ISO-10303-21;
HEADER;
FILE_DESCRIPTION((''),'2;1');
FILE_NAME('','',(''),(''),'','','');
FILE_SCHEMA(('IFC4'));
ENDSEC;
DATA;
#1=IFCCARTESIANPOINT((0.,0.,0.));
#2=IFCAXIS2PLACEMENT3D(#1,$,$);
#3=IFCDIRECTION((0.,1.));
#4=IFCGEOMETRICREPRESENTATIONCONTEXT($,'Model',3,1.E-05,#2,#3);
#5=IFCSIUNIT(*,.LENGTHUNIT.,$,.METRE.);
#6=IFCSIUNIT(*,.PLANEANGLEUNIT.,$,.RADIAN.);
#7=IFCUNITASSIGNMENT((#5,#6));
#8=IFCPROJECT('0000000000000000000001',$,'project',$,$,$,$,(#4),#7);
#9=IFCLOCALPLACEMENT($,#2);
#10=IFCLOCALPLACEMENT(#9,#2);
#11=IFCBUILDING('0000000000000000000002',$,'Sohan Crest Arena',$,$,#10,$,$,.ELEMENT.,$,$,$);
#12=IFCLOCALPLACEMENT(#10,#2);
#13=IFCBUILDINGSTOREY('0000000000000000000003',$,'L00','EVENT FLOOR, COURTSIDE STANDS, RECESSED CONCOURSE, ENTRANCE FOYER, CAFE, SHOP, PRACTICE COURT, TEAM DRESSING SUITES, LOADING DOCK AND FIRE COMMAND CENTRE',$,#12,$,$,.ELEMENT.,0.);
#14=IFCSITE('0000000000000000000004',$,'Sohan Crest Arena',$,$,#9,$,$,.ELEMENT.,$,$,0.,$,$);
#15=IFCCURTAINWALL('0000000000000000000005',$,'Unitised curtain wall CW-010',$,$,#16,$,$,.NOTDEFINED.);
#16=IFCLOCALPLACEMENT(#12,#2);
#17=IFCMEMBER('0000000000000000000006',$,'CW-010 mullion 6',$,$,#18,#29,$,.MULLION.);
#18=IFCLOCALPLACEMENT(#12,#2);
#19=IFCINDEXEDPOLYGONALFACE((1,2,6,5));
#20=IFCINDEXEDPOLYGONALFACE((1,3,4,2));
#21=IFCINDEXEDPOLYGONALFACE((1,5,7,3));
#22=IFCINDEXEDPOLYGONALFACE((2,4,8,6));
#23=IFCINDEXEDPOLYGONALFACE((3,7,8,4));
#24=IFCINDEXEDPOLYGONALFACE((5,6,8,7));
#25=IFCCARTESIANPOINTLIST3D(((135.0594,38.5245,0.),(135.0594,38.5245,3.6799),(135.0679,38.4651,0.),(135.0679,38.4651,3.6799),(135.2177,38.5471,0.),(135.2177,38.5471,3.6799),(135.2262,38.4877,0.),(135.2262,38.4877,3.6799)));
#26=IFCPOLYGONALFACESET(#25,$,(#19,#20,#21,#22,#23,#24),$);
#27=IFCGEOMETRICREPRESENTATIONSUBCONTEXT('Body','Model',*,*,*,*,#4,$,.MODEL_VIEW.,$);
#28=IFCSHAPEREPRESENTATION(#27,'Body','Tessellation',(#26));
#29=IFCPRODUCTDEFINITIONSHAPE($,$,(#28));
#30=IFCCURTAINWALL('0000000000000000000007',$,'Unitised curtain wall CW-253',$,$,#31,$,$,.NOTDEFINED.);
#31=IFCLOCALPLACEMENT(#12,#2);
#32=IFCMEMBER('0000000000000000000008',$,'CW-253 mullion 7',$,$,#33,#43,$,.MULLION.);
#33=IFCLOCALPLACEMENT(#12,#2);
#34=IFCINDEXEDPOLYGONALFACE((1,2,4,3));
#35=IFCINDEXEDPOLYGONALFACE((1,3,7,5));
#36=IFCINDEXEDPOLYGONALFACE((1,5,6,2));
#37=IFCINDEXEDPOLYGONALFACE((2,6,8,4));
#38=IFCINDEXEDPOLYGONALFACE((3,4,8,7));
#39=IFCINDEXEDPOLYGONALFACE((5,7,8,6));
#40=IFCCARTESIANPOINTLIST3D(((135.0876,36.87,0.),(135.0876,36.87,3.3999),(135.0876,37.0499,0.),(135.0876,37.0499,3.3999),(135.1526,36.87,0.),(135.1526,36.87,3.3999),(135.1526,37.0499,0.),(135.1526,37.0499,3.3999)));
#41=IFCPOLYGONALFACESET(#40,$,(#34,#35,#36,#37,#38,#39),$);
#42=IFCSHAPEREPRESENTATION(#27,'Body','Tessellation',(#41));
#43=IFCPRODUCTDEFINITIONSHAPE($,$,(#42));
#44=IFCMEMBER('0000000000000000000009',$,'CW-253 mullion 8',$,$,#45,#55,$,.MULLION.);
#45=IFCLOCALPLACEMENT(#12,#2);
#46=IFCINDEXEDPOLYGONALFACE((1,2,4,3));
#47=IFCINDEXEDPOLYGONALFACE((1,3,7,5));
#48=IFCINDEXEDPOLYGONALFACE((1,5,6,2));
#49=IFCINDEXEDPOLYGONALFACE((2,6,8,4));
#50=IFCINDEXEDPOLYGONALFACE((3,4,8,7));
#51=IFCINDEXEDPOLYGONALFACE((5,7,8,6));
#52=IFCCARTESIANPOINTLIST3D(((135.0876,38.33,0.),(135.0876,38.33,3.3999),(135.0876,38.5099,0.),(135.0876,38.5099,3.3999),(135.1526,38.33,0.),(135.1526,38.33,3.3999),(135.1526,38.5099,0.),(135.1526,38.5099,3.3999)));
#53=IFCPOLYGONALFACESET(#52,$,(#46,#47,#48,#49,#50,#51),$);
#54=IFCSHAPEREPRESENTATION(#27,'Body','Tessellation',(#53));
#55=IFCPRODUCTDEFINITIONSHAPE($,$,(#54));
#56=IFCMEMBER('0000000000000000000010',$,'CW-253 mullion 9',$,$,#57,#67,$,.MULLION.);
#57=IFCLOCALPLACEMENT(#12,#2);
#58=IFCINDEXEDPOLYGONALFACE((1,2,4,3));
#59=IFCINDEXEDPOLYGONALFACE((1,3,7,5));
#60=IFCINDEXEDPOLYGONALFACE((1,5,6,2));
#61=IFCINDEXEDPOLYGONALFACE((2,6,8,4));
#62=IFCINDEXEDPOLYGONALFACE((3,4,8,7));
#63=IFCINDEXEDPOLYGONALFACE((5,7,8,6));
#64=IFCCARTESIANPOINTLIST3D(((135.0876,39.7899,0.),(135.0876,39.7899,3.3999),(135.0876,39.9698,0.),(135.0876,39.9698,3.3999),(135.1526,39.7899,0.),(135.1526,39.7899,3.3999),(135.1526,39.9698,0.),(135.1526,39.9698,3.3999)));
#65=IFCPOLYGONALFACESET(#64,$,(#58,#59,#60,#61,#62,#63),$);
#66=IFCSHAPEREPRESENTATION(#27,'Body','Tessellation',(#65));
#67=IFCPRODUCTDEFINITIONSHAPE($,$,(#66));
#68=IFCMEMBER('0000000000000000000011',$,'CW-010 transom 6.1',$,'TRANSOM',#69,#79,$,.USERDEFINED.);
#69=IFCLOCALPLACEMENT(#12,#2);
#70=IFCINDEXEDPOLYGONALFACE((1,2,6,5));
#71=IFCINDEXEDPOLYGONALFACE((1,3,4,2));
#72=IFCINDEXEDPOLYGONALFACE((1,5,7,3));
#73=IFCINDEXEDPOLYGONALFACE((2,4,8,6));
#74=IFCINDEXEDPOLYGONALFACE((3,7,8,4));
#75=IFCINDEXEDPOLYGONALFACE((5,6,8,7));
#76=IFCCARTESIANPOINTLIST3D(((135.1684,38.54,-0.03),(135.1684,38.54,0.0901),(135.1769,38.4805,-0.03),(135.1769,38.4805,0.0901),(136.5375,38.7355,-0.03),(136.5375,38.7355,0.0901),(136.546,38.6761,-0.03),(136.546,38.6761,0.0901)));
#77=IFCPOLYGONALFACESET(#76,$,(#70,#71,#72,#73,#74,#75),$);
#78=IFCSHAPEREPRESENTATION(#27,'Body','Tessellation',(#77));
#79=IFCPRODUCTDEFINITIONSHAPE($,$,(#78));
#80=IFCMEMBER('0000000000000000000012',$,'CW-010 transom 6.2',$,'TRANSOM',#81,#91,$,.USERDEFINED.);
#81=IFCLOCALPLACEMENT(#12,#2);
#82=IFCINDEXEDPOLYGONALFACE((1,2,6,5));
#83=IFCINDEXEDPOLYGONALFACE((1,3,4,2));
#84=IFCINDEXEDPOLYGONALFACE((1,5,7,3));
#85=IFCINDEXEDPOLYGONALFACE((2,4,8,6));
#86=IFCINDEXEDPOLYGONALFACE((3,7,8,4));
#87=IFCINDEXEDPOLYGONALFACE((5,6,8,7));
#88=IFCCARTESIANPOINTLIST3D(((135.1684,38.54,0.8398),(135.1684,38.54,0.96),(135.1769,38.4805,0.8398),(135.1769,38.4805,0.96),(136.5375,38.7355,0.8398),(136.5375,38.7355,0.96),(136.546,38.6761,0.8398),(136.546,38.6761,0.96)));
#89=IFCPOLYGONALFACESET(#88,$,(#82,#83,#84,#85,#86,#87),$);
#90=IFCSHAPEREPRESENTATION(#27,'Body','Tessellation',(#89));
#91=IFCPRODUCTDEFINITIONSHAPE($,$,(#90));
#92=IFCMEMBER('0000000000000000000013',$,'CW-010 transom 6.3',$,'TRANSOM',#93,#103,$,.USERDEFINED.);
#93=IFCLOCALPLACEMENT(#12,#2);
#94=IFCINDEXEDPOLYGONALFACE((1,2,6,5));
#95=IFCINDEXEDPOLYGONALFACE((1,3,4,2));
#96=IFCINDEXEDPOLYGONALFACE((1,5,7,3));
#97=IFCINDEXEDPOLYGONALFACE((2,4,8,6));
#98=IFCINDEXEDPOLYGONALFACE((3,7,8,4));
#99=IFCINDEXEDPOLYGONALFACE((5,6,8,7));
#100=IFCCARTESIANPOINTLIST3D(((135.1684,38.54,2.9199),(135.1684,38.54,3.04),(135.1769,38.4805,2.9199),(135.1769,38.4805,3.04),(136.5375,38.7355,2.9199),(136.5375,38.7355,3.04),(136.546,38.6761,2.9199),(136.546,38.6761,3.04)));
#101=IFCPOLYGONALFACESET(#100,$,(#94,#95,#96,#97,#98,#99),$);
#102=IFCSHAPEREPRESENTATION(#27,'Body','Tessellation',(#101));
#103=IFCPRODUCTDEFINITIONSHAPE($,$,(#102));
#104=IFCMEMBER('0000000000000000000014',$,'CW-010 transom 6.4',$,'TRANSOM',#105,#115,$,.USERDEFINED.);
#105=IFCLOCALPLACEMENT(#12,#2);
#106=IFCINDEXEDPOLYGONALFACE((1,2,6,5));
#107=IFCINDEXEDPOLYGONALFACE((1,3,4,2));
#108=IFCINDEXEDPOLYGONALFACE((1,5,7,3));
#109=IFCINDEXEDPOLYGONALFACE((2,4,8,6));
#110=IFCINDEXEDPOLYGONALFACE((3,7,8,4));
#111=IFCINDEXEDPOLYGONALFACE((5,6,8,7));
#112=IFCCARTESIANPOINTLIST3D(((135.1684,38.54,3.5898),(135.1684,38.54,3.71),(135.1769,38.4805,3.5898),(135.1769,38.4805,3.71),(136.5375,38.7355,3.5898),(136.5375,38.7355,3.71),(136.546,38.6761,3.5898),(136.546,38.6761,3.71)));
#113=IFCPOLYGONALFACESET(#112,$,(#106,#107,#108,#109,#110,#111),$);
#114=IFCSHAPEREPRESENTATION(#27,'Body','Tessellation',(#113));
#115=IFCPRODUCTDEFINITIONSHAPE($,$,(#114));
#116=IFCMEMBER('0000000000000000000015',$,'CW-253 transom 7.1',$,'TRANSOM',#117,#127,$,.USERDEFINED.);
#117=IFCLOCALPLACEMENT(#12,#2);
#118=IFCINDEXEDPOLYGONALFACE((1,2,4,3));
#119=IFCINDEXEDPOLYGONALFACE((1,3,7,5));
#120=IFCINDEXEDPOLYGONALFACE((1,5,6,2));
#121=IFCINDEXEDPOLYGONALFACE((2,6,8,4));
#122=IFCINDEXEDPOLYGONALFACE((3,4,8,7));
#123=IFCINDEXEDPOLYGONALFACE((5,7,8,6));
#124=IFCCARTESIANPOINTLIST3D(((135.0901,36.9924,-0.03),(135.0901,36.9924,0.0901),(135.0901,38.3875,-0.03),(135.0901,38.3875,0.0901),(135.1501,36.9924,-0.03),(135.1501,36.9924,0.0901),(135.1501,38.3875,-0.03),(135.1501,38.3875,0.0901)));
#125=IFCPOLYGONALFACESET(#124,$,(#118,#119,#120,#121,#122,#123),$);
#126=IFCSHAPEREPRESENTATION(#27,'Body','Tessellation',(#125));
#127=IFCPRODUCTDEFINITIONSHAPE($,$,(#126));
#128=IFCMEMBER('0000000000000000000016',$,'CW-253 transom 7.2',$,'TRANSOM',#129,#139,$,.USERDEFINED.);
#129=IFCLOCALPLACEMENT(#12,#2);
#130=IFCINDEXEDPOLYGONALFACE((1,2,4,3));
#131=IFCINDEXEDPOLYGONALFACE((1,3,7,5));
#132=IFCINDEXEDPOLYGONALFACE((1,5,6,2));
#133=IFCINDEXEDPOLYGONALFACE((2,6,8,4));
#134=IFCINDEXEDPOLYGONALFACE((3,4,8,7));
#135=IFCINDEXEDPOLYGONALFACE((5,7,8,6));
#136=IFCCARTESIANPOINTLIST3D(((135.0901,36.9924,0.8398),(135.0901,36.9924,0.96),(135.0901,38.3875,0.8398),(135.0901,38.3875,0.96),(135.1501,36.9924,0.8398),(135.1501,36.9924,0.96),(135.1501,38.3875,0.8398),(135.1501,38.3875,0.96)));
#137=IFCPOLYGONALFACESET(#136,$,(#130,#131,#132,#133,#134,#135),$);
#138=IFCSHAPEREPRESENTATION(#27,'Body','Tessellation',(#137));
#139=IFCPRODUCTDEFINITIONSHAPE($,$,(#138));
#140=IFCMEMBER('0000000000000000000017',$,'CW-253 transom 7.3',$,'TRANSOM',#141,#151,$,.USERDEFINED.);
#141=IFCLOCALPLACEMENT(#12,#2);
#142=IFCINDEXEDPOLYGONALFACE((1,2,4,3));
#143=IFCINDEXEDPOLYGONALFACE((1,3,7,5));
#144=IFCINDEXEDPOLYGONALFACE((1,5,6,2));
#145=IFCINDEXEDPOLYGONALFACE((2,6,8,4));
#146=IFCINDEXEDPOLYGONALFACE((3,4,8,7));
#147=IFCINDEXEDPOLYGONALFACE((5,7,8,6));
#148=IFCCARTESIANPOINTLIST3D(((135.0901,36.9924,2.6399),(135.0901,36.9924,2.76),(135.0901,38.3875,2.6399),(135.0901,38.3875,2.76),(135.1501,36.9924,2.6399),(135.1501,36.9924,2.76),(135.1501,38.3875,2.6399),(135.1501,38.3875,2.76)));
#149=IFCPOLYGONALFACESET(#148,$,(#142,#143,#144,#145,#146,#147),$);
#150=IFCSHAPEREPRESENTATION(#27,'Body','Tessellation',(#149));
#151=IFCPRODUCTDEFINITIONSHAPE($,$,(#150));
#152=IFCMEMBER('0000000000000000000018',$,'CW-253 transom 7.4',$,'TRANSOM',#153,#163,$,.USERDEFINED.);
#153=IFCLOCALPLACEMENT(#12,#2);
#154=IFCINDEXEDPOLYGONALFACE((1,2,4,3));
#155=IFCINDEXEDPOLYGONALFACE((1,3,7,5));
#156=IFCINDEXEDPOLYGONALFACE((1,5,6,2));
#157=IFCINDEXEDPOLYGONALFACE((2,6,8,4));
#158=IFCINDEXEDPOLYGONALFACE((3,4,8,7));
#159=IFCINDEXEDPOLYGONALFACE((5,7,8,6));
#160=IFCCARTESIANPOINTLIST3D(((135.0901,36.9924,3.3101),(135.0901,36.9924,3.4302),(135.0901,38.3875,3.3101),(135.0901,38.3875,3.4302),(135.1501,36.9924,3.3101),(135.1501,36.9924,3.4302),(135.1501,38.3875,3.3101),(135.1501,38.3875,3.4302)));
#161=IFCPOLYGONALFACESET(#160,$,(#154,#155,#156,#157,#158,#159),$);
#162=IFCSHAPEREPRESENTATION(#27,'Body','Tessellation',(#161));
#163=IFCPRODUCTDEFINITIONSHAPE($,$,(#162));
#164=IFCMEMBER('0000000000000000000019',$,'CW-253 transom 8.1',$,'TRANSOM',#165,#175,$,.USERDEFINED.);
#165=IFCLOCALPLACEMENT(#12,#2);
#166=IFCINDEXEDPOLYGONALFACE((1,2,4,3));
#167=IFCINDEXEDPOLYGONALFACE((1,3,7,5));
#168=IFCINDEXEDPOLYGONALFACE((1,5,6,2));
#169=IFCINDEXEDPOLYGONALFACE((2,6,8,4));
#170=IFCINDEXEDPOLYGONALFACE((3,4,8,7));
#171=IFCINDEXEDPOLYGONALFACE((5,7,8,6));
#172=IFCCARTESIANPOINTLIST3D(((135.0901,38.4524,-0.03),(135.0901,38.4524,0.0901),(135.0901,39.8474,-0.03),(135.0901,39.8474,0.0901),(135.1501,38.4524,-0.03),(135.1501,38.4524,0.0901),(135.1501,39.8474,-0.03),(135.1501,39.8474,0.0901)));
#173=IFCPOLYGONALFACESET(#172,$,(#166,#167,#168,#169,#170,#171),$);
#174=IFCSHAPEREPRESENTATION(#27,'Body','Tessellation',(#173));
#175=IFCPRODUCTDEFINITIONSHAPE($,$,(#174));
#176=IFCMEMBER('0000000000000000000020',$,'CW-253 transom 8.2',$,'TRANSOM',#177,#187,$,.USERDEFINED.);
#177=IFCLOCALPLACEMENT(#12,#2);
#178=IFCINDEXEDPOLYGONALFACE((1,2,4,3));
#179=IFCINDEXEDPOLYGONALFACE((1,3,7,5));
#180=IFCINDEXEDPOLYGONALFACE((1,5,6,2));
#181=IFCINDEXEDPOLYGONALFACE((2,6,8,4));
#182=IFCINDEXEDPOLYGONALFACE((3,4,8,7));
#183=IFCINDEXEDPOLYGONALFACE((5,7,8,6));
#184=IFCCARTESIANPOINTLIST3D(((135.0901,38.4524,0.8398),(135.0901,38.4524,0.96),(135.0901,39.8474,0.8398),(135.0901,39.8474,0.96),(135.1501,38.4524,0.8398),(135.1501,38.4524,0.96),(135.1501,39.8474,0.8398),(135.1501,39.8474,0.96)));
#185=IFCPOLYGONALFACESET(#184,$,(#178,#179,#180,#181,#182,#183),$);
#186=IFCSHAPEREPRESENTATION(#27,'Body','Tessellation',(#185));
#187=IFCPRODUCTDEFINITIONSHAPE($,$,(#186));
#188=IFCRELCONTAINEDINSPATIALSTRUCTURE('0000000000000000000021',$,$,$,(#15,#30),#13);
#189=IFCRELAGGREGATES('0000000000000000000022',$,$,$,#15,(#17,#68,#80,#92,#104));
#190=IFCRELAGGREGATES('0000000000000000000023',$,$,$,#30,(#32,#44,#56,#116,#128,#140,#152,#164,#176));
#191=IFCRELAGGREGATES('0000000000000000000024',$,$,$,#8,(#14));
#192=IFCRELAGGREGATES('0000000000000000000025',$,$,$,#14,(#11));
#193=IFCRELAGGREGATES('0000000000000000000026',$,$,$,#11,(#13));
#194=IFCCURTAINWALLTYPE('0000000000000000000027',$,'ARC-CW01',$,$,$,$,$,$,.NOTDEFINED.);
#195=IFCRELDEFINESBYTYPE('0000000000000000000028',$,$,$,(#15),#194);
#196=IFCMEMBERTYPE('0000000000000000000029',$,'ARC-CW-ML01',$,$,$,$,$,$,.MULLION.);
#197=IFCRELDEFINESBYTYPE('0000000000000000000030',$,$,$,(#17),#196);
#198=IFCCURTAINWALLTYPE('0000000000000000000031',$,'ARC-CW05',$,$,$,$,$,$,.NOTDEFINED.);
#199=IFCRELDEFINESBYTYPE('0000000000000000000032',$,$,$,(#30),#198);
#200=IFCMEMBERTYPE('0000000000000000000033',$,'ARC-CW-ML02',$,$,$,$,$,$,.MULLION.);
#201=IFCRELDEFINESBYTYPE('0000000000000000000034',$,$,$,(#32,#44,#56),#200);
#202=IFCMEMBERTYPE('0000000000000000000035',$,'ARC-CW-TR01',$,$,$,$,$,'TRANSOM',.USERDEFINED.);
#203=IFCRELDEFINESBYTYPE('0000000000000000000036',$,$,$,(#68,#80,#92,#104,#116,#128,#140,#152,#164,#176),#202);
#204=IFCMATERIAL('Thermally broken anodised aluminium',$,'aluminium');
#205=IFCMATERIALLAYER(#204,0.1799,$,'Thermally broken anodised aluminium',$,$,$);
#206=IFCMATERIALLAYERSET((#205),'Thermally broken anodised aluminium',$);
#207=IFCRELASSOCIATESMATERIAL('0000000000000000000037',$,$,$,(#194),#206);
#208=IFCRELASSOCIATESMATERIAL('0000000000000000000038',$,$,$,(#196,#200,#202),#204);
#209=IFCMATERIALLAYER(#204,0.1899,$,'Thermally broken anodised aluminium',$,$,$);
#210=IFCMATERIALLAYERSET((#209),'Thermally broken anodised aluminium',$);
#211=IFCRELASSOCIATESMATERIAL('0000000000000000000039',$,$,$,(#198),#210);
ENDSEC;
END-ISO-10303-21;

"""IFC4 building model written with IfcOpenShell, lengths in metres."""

from ifc_helpers import new_model, si_unit, direction, frame, origin, origin_2d, place, context, subcontext, project, spatial, rectangle, extrude, material, layer, layer_set, material_profile, profile_set, type_object, element, aggregate, save


model = new_model("IFC4")

# Units and contexts
model_context = context("Model", 3, precision=1e-05, world=origin(), true_north=direction((0.0, 1.0)))
body_context = subcontext(model_context, "Body", "Model", "MODEL_VIEW")
ifc_project = project(units=[si_unit("LENGTHUNIT", "METRE"), si_unit("PLANEANGLEUNIT", "RADIAN")], contexts=[model_context])

# Site, building, storey
site_placement = place(None, origin())
site = spatial("IfcSite", under=ifc_project, at=site_placement, Name="Sohan Crest Arena", CompositionType="ELEMENT", RefElevation=0.0)
building_placement = place(site_placement, origin())
building = spatial("IfcBuilding", under=site, at=building_placement, Name="Sohan Crest Arena", CompositionType="ELEMENT")
storey_placement = place(building_placement, origin())
storey = spatial("IfcBuildingStorey", under=building, at=storey_placement, Name="L00", Description="EVENT FLOOR, COURTSIDE STANDS, RECESSED CONCOURSE, ENTRANCE FOYER, CAFE, SHOP, PRACTICE COURT, TEAM DRESSING SUITES, LOADING DOCK AND FIRE COMMAND CENTRE", CompositionType="ELEMENT", Elevation=0.0)

# Curtain wall, member
ifc_material_1 = material(Name="Thermally broken anodised aluminium", Category="aluminium")
ifc_layer_1 = layer(ifc_material_1, 0.1799, Name="Thermally broken anodised aluminium")
ifc_layer_set_1 = layer_set([ifc_layer_1], Name="Thermally broken anodised aluminium")
curtain_wall_type_1 = type_object("IfcCurtainWallType", Name="ARC-CW01", PredefinedType="NOTDEFINED", material=ifc_layer_set_1)
curtain_wall_1_placement = place(storey_placement, origin())
curtain_wall_1 = element("IfcCurtainWall", 1, at=curtain_wall_1_placement, inside=storey, type_object=curtain_wall_type_1, Name="Unitised curtain wall CW-010", PredefinedType="NOTDEFINED")
ifc_material_profile_1 = material_profile(ifc_material_1, rectangle(XDim=0.0601, YDim=0.1599, at=origin_2d()), Name="ALU-MULL 60x160")
ifc_profile_set_1 = profile_set([ifc_material_profile_1], Name="Thermally broken anodised aluminium")
member_type_1 = type_object("IfcMemberType", Name="ARC-CW-ML01", PredefinedType="MULLION", material=ifc_profile_set_1)
member_1_placement = place(storey_placement, frame((135.1428, 38.5061, 0.0), z_axis=(0.0, 0.0, 1.0), x_axis=(-0.141366, 0.989957, 0.0)))
member_1 = element("IfcMember", 2, at=member_1_placement, type_object=member_type_1, Name="CW-010 mullion 6", PredefinedType="MULLION", context=body_context, shape_type="SweptSolid", body=[
    extrude(rectangle(XDim=0.0601, YDim=0.1599, at=origin_2d()), origin(), (0.0, 0.0, 1.0), 3.6799),
])

# Curtain wall, members
ifc_layer_2 = layer(ifc_material_1, 0.1899, Name="Thermally broken anodised aluminium")
ifc_layer_set_2 = layer_set([ifc_layer_2], Name="Thermally broken anodised aluminium")
curtain_wall_type_2 = type_object("IfcCurtainWallType", Name="ARC-CW05", PredefinedType="NOTDEFINED", material=ifc_layer_set_2)
curtain_wall_2_placement = place(storey_placement, origin())
curtain_wall_2 = element("IfcCurtainWall", 3, at=curtain_wall_2_placement, inside=storey, type_object=curtain_wall_type_2, Name="Unitised curtain wall CW-253", PredefinedType="NOTDEFINED")
ifc_material_profile_2 = material_profile(ifc_material_1, rectangle(XDim=0.0649, YDim=0.1799, at=origin_2d()), Name="ALU-MULL 65x180")
ifc_profile_set_2 = profile_set([ifc_material_profile_2], Name="Thermally broken anodised aluminium")
member_type_2 = type_object("IfcMemberType", Name="ARC-CW-ML02", PredefinedType="MULLION", material=ifc_profile_set_2)
member_2_placement = place(storey_placement, frame((135.1201, 36.96, 0.0), z_axis=(0.0, 0.0, 1.0), x_axis=(-1.0, 0.0, 0.0)))
member_2 = element("IfcMember", 4, at=member_2_placement, type_object=member_type_2, Name="CW-253 mullion 7", PredefinedType="MULLION", context=body_context, shape_type="SweptSolid", body=[
    extrude(rectangle(XDim=0.0649, YDim=0.1799, at=origin_2d()), origin(), (0.0, 0.0, 1.0), 3.3999),
])
member_3_placement = place(storey_placement, frame((135.1201, 38.4199, 0.0), z_axis=(0.0, 0.0, 1.0), x_axis=(-1.0, 0.0, 0.0)))
member_3 = element("IfcMember", 5, at=member_3_placement, type_object=member_type_2, Name="CW-253 mullion 8", PredefinedType="MULLION", context=body_context, shape_type="SweptSolid", body=[
    extrude(rectangle(XDim=0.0649, YDim=0.1799, at=origin_2d()), origin(), (0.0, 0.0, 1.0), 3.3999),
])
member_4_placement = place(storey_placement, frame((135.1201, 39.8799, 0.0), z_axis=(0.0, 0.0, 1.0), x_axis=(-1.0, 0.0, 0.0)))
member_4 = element("IfcMember", 6, at=member_4_placement, type_object=member_type_2, Name="CW-253 mullion 9", PredefinedType="MULLION", context=body_context, shape_type="SweptSolid", body=[
    extrude(rectangle(XDim=0.0649, YDim=0.1799, at=origin_2d()), origin(), (0.0, 0.0, 1.0), 3.3999),
])

# Members
ifc_material_profile_3 = material_profile(ifc_material_1, rectangle(XDim=0.0601, YDim=0.1201, at=origin_2d()), Name="ALU-TRAN 60x120")
ifc_profile_set_3 = profile_set([ifc_material_profile_3], Name="Thermally broken anodised aluminium")
member_type_3 = type_object("IfcMemberType", Name="ARC-CW-TR01", ElementType="TRANSOM", PredefinedType="USERDEFINED", material=ifc_profile_set_3)
member_5_placement = place(storey_placement, frame((135.1726, 38.5103, 0.03), z_axis=(0.989953, 0.141397, 0.0), x_axis=(-0.141397, 0.989953, 0.0)))
member_5 = element("IfcMember", 7, at=member_5_placement, type_object=member_type_3, Name="CW-010 transom 6.1", ObjectType="TRANSOM", PredefinedType="USERDEFINED", context=body_context, shape_type="SweptSolid", body=[
    extrude(rectangle(XDim=0.0601, YDim=0.1201, at=origin_2d()), origin(), (0.0, 0.0, 1.0), 1.3831),
])
member_6_placement = place(storey_placement, frame((135.1726, 38.5103, 0.8999), z_axis=(0.989953, 0.141397, 0.0), x_axis=(-0.141397, 0.989953, 0.0)))
member_6 = element("IfcMember", 8, at=member_6_placement, type_object=member_type_3, Name="CW-010 transom 6.2", ObjectType="TRANSOM", PredefinedType="USERDEFINED", context=body_context, shape_type="SweptSolid", body=[
    extrude(rectangle(XDim=0.0601, YDim=0.1201, at=origin_2d()), origin(), (0.0, 0.0, 1.0), 1.3831),
])
member_7_placement = place(storey_placement, frame((135.1726, 38.5103, 2.98), z_axis=(0.989953, 0.141397, 0.0), x_axis=(-0.141397, 0.989953, 0.0)))
member_7 = element("IfcMember", 9, at=member_7_placement, type_object=member_type_3, Name="CW-010 transom 6.3", ObjectType="TRANSOM", PredefinedType="USERDEFINED", context=body_context, shape_type="SweptSolid", body=[
    extrude(rectangle(XDim=0.0601, YDim=0.1201, at=origin_2d()), origin(), (0.0, 0.0, 1.0), 1.3831),
])
member_8_placement = place(storey_placement, frame((135.1726, 38.5103, 3.6499), z_axis=(0.989953, 0.141397, 0.0), x_axis=(-0.141397, 0.989953, 0.0)))
member_8 = element("IfcMember", 10, at=member_8_placement, type_object=member_type_3, Name="CW-010 transom 6.4", ObjectType="TRANSOM", PredefinedType="USERDEFINED", context=body_context, shape_type="SweptSolid", body=[
    extrude(rectangle(XDim=0.0601, YDim=0.1201, at=origin_2d()), origin(), (0.0, 0.0, 1.0), 1.3831),
])
member_9_placement = place(storey_placement, frame((135.1201, 36.9924, 0.03), z_axis=(0.0, 1.0, 0.0), x_axis=(-1.0, 0.0, 0.0)))
member_9 = element("IfcMember", 11, at=member_9_placement, type_object=member_type_3, Name="CW-253 transom 7.1", ObjectType="TRANSOM", PredefinedType="USERDEFINED", context=body_context, shape_type="SweptSolid", body=[
    extrude(rectangle(XDim=0.0601, YDim=0.1201, at=origin_2d()), origin(), (0.0, 0.0, 1.0), 1.395),
])
member_10_placement = place(storey_placement, frame((135.1201, 36.9924, 0.8999), z_axis=(0.0, 1.0, 0.0), x_axis=(-1.0, 0.0, 0.0)))
member_10 = element("IfcMember", 12, at=member_10_placement, type_object=member_type_3, Name="CW-253 transom 7.2", ObjectType="TRANSOM", PredefinedType="USERDEFINED", context=body_context, shape_type="SweptSolid", body=[
    extrude(rectangle(XDim=0.0601, YDim=0.1201, at=origin_2d()), origin(), (0.0, 0.0, 1.0), 1.395),
])
member_11_placement = place(storey_placement, frame((135.1201, 36.9924, 2.7), z_axis=(0.0, 1.0, 0.0), x_axis=(-1.0, 0.0, 0.0)))
member_11 = element("IfcMember", 13, at=member_11_placement, type_object=member_type_3, Name="CW-253 transom 7.3", ObjectType="TRANSOM", PredefinedType="USERDEFINED", context=body_context, shape_type="SweptSolid", body=[
    extrude(rectangle(XDim=0.0601, YDim=0.1201, at=origin_2d()), origin(), (0.0, 0.0, 1.0), 1.395),
])
member_12_placement = place(storey_placement, frame((135.1201, 36.9924, 3.3701), z_axis=(0.0, 1.0, 0.0), x_axis=(-1.0, 0.0, 0.0)))
member_12 = element("IfcMember", 14, at=member_12_placement, type_object=member_type_3, Name="CW-253 transom 7.4", ObjectType="TRANSOM", PredefinedType="USERDEFINED", context=body_context, shape_type="SweptSolid", body=[
    extrude(rectangle(XDim=0.0601, YDim=0.1201, at=origin_2d()), origin(), (0.0, 0.0, 1.0), 1.395),
])
member_13_placement = place(storey_placement, frame((135.1201, 38.4524, 0.03), z_axis=(0.0, 1.0, 0.0), x_axis=(-1.0, 0.0, 0.0)))
member_13 = element("IfcMember", 15, at=member_13_placement, type_object=member_type_3, Name="CW-253 transom 8.1", ObjectType="TRANSOM", PredefinedType="USERDEFINED", context=body_context, shape_type="SweptSolid", body=[
    extrude(rectangle(XDim=0.0601, YDim=0.1201, at=origin_2d()), origin(), (0.0, 0.0, 1.0), 1.395),
])
member_14_placement = place(storey_placement, frame((135.1201, 38.4524, 0.8999), z_axis=(0.0, 1.0, 0.0), x_axis=(-1.0, 0.0, 0.0)))
member_14 = element("IfcMember", 16, at=member_14_placement, type_object=member_type_3, Name="CW-253 transom 8.2", ObjectType="TRANSOM", PredefinedType="USERDEFINED", context=body_context, shape_type="SweptSolid", body=[
    extrude(rectangle(XDim=0.0601, YDim=0.1201, at=origin_2d()), origin(), (0.0, 0.0, 1.0), 1.395),
])

aggregate(curtain_wall_1, [member_1, member_5, member_6, member_7, member_8])
aggregate(curtain_wall_2, [member_2, member_3, member_4, member_9, member_10, member_11, member_12, member_13, member_14])

save(model, "model.ifc")
